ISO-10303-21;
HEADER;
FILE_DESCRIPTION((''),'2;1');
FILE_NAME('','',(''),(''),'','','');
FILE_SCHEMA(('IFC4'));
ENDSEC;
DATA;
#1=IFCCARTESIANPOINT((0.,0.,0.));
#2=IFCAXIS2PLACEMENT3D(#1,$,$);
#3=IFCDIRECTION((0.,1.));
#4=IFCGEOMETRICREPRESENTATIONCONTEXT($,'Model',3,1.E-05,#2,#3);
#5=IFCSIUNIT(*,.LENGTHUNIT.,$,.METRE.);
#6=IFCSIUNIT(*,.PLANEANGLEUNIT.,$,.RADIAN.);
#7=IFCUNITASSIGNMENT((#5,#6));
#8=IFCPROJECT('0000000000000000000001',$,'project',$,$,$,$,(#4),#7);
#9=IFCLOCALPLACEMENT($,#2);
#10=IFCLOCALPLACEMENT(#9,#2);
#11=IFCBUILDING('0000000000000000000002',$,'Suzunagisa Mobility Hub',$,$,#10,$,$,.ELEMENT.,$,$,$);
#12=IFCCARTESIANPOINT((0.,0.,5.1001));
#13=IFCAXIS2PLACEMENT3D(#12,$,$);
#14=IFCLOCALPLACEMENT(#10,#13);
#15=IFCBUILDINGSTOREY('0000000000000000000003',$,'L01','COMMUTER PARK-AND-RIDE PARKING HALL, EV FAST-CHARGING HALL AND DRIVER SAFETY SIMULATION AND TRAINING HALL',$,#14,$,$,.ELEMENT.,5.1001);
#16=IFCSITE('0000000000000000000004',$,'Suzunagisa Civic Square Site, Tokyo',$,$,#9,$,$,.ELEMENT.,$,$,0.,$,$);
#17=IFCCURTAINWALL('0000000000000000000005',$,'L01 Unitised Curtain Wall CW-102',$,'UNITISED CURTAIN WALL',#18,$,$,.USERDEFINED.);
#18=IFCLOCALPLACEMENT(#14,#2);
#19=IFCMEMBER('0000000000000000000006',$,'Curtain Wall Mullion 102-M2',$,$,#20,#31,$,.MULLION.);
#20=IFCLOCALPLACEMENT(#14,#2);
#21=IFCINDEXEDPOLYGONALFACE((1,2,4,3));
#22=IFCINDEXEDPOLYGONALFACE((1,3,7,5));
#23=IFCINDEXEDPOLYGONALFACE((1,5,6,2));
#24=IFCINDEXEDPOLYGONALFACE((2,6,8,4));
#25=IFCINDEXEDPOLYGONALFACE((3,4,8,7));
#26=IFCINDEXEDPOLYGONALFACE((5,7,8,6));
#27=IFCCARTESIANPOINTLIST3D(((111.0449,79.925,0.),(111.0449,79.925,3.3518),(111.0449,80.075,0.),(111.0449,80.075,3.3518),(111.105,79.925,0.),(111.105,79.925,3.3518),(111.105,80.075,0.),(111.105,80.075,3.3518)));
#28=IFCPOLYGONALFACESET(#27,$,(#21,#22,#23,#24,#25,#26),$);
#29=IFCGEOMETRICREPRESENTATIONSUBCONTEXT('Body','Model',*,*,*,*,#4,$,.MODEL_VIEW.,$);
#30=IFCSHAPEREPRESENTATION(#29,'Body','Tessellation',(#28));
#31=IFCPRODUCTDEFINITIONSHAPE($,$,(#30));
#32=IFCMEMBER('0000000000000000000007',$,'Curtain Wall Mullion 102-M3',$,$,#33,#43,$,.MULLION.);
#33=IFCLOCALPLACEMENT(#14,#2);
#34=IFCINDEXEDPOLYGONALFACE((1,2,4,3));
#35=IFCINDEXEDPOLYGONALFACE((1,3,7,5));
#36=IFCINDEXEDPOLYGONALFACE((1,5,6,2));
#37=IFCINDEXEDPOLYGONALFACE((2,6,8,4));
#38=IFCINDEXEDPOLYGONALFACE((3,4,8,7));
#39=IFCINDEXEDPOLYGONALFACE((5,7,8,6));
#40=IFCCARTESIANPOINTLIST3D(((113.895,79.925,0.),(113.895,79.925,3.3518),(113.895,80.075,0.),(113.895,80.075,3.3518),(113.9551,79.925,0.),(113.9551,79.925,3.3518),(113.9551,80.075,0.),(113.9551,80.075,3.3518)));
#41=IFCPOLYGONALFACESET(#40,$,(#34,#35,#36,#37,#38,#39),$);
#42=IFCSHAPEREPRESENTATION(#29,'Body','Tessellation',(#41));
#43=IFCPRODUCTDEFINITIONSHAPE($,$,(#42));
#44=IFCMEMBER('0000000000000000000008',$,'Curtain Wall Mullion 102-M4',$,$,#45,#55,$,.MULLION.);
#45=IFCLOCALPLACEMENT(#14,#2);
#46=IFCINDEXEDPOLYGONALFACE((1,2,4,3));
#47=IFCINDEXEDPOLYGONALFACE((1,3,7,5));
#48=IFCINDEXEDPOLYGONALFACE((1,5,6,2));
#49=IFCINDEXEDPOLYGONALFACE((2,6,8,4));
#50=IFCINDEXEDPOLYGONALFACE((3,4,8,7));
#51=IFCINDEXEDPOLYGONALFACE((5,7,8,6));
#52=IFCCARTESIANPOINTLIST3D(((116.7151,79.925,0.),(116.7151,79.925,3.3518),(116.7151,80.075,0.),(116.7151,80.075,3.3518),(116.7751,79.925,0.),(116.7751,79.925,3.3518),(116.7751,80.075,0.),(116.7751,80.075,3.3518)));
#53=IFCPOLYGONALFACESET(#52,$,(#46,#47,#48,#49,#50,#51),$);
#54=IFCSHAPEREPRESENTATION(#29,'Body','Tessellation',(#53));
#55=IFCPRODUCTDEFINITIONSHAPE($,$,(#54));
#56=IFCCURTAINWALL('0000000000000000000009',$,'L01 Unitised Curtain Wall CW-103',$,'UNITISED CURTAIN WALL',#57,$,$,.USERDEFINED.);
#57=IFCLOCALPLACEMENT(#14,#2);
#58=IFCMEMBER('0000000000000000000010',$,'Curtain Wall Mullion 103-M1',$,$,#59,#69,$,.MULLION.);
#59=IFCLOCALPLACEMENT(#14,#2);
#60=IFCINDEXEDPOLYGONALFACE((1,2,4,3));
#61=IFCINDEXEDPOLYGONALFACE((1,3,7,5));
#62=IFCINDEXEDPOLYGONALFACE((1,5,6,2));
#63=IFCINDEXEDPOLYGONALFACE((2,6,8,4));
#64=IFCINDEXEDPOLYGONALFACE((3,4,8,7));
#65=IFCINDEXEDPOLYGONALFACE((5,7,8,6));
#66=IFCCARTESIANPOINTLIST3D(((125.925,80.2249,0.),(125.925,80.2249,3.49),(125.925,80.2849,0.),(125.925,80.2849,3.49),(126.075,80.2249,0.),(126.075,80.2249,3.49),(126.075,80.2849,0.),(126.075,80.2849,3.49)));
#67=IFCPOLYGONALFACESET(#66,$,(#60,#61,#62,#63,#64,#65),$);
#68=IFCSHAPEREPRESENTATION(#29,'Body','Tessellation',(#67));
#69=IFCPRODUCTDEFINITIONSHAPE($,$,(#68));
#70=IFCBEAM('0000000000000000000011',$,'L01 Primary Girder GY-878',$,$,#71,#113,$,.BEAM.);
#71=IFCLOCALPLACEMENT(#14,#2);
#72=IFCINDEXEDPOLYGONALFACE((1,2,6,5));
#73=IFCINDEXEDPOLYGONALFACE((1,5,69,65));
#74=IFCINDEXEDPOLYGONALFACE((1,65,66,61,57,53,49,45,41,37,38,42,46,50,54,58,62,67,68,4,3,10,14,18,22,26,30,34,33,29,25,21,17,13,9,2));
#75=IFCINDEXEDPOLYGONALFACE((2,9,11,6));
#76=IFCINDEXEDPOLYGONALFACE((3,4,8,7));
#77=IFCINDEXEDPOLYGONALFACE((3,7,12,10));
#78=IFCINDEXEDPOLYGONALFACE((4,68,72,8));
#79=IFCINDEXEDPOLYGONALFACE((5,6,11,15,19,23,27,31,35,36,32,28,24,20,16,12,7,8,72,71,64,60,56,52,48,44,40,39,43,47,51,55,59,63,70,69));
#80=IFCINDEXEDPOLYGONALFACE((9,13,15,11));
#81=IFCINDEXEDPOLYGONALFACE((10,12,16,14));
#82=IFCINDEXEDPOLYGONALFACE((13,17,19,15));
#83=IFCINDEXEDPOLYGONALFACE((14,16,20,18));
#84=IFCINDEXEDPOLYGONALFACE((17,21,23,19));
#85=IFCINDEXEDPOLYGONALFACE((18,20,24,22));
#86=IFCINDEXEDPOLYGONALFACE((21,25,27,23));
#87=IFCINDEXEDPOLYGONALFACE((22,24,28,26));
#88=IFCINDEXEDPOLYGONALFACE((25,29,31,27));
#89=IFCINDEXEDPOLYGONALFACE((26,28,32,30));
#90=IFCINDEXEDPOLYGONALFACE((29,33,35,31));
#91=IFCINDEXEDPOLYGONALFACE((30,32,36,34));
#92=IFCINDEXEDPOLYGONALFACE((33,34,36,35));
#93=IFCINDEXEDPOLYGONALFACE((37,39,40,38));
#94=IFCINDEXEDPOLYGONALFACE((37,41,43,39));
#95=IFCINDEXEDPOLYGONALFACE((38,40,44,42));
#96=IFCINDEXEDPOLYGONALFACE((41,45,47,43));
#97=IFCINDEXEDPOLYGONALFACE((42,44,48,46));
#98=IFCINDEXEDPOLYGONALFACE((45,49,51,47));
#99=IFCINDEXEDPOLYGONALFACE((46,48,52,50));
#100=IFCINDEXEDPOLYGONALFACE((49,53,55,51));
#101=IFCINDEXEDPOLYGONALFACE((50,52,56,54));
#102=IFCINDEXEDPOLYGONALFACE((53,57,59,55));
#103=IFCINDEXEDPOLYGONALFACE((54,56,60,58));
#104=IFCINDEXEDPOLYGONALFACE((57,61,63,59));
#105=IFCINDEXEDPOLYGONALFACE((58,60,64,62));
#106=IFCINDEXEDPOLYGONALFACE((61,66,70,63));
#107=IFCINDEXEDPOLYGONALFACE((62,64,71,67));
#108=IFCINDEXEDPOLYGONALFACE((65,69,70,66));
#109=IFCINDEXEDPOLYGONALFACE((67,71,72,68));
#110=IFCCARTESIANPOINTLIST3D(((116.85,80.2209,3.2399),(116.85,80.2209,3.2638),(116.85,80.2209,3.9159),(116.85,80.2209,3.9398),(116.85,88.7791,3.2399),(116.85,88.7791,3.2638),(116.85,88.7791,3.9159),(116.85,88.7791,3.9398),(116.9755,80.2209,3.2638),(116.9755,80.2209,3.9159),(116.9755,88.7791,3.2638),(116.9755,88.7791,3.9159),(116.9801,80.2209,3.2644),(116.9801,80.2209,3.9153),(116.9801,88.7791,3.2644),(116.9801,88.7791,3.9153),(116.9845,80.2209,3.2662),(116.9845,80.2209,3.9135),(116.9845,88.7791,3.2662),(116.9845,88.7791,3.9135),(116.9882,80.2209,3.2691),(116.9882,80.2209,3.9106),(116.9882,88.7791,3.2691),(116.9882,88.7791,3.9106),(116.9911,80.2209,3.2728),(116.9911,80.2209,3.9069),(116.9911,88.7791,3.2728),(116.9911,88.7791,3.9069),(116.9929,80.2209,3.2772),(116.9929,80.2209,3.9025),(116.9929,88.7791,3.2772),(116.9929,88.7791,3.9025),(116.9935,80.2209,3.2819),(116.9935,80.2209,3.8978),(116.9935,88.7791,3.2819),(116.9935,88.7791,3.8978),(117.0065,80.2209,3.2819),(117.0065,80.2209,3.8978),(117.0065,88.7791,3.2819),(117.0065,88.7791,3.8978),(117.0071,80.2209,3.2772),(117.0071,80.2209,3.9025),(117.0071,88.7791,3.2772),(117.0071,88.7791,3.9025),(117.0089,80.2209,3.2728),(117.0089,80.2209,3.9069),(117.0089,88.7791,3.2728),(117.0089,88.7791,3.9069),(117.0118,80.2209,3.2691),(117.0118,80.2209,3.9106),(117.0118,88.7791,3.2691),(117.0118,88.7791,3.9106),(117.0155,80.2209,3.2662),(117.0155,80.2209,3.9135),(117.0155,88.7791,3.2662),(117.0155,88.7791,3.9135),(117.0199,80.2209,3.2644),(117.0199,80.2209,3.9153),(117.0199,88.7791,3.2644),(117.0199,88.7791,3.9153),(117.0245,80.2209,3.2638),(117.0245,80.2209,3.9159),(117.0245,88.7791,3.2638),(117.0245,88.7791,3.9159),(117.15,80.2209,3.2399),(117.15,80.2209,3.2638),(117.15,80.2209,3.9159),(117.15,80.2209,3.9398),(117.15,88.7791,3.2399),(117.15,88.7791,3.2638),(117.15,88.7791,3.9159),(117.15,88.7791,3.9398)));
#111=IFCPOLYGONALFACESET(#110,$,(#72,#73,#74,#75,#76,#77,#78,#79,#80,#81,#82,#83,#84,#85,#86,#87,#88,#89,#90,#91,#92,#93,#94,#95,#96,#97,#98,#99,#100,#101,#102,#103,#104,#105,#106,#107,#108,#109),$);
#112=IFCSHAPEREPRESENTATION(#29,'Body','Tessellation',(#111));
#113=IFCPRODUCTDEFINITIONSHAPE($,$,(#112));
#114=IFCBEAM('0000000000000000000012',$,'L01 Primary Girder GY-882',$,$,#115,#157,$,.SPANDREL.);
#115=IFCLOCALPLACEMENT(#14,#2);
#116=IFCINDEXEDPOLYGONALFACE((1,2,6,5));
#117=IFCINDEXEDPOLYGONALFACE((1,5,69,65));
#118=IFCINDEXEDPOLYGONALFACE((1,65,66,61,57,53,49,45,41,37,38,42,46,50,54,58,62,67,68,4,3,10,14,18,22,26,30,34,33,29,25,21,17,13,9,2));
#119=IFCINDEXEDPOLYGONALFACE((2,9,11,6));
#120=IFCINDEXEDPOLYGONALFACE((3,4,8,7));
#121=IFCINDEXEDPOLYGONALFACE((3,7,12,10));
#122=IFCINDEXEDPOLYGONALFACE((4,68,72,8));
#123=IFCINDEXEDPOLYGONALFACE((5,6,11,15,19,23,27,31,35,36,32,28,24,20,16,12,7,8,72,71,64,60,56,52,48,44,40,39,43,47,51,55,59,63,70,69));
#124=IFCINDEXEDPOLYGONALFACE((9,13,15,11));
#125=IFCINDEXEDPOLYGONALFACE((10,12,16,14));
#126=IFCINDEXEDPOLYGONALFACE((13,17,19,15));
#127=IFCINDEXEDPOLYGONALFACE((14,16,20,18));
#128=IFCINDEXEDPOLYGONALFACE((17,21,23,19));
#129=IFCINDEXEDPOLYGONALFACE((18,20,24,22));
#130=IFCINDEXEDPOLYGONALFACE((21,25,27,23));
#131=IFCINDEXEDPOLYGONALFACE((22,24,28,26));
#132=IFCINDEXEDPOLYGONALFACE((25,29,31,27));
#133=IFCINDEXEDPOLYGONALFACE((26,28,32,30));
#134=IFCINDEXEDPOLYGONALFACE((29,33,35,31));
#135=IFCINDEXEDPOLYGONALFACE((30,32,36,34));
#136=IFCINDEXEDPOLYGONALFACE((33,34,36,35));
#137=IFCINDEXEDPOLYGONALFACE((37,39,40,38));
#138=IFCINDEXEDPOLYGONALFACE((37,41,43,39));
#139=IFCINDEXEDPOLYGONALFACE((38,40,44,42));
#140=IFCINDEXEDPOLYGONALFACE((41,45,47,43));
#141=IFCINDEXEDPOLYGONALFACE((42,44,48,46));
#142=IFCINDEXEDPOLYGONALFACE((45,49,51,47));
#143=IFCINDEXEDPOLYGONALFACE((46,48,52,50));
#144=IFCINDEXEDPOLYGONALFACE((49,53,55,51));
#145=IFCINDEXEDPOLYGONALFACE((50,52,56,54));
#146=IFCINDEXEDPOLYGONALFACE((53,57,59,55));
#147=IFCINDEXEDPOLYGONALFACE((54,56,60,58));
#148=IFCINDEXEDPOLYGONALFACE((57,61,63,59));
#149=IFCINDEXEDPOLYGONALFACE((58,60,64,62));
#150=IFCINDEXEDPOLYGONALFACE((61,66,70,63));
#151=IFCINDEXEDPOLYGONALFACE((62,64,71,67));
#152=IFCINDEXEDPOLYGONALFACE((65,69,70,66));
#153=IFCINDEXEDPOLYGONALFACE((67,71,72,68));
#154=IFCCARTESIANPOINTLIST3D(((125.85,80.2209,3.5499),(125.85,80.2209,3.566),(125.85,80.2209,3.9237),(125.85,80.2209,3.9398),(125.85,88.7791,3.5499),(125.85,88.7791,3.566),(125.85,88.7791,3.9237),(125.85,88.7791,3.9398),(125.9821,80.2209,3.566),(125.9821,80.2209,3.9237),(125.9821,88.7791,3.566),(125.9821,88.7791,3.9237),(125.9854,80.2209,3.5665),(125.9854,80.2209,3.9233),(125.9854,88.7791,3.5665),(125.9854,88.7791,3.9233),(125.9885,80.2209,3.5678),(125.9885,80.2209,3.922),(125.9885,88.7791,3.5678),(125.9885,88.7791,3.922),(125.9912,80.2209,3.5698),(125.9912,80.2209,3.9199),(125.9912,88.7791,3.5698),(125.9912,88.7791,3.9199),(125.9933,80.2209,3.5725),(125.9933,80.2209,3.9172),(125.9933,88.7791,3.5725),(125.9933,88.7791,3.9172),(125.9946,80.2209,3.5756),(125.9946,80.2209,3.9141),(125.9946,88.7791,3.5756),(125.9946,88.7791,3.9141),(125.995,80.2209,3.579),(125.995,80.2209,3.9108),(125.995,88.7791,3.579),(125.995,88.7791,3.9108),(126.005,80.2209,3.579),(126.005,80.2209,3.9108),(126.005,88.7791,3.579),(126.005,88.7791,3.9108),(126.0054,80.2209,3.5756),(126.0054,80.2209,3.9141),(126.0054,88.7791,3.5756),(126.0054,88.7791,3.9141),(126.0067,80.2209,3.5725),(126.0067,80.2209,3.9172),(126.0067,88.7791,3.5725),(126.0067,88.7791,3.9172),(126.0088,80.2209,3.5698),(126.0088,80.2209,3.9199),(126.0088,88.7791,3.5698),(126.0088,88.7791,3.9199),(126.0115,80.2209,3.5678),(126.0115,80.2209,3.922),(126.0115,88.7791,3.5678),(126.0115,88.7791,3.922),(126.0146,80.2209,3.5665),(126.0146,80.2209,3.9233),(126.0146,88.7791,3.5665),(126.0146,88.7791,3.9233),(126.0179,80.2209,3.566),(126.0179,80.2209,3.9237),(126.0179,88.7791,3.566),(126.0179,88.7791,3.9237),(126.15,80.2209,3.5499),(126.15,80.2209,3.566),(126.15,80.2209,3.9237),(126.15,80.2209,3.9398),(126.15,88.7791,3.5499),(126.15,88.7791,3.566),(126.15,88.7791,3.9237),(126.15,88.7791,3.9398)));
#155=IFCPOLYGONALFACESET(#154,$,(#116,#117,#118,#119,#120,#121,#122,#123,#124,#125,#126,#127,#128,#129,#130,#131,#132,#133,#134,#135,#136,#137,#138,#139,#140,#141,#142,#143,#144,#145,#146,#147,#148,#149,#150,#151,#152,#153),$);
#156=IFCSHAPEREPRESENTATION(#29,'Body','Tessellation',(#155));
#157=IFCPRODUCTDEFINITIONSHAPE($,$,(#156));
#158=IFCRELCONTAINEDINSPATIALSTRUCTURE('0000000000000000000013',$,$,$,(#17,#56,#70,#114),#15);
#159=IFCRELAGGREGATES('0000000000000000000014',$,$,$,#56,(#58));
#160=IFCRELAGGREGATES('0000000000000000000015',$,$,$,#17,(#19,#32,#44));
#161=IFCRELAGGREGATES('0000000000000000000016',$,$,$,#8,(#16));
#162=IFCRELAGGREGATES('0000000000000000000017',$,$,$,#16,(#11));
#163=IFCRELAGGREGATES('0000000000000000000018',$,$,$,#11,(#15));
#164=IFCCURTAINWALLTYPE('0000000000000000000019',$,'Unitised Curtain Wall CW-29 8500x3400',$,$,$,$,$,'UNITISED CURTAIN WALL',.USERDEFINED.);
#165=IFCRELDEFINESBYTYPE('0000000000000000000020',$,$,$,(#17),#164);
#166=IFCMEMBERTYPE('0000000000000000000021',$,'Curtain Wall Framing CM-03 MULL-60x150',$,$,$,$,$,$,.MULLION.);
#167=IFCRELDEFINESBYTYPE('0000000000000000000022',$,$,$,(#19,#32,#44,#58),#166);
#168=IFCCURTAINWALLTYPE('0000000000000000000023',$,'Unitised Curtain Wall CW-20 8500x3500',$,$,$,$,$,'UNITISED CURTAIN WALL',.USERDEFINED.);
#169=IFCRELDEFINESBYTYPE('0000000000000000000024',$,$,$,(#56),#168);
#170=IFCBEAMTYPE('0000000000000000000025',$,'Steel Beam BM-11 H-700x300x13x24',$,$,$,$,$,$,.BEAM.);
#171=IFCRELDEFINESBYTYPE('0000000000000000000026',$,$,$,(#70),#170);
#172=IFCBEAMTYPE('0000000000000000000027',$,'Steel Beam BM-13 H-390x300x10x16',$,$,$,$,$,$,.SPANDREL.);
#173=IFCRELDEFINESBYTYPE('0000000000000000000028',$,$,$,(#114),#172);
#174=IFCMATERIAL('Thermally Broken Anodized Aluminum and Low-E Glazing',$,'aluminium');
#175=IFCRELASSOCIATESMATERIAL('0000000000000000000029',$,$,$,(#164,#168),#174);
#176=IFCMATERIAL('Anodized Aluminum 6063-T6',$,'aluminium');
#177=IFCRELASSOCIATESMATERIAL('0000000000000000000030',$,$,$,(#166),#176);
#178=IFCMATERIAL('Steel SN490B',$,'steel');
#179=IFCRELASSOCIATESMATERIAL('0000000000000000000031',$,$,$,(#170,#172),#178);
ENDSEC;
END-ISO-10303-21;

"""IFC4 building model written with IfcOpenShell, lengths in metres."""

from ifc_helpers import new_model, si_unit, direction, frame, origin, origin_2d, place, context, subcontext, project, spatial, rectangle, i_section, extrude, material, material_profile, profile_set, type_object, element, aggregate, save


model = new_model("IFC4")

# Units and contexts
model_context = context("Model", 3, precision=1e-05, world=origin(), true_north=direction((0.0, 1.0)))
body_context = subcontext(model_context, "Body", "Model", "MODEL_VIEW")
ifc_project = project(units=[si_unit("LENGTHUNIT", "METRE"), si_unit("PLANEANGLEUNIT", "RADIAN")], contexts=[model_context])

# Site, building, storey
site_placement = place(None, origin())
site = spatial("IfcSite", under=ifc_project, at=site_placement, Name="Suzunagisa Civic Square Site, Tokyo", CompositionType="ELEMENT", RefElevation=0.0)
building_placement = place(site_placement, origin())
building = spatial("IfcBuilding", under=site, at=building_placement, Name="Suzunagisa Mobility Hub", CompositionType="ELEMENT")
storey_placement = place(building_placement, frame((0.0, 0.0, 5.1001)))
storey = spatial("IfcBuildingStorey", under=building, at=storey_placement, Name="L01", Description="COMMUTER PARK-AND-RIDE PARKING HALL, EV FAST-CHARGING HALL AND DRIVER SAFETY SIMULATION AND TRAINING HALL", CompositionType="ELEMENT", Elevation=5.1001)

# Shared definitions
ifc_material_1 = material(Name="Steel SN490B", Category="steel")

# Curtain wall, members
ifc_material_2 = material(Name="Thermally Broken Anodized Aluminum and Low-E Glazing", Category="aluminium")
curtain_wall_type_1 = type_object("IfcCurtainWallType", Name="Unitised Curtain Wall CW-29 8500x3400", ElementType="UNITISED CURTAIN WALL", PredefinedType="USERDEFINED", material=ifc_material_2)
curtain_wall_1_placement = place(storey_placement, origin())
curtain_wall_1 = element("IfcCurtainWall", 1, at=curtain_wall_1_placement, inside=storey, type_object=curtain_wall_type_1, Name="L01 Unitised Curtain Wall CW-102", ObjectType="UNITISED CURTAIN WALL", PredefinedType="USERDEFINED")
ifc_material_3 = material(Name="Anodized Aluminum 6063-T6", Category="aluminium")
ifc_material_profile_1 = material_profile(ifc_material_3, rectangle(XDim=0.0601, YDim=0.1499, at=origin_2d()), Name="MULL-60x150")
ifc_profile_set_1 = profile_set([ifc_material_profile_1], Name="Anodized Aluminum 6063-T6")
member_type_1 = type_object("IfcMemberType", Name="Curtain Wall Framing CM-03 MULL-60x150", PredefinedType="MULLION", material=ifc_profile_set_1)
member_1_placement = place(storey_placement, frame((111.075, 80.0, 0.0), z_axis=(0.0, 0.0, 1.0), x_axis=(1.0, 0.0, 0.0)))
member_1 = element("IfcMember", 2, at=member_1_placement, type_object=member_type_1, Name="Curtain Wall Mullion 102-M2", PredefinedType="MULLION", context=body_context, shape_type="SweptSolid", body=[
    extrude(rectangle(XDim=0.0601, YDim=0.1499, at=origin_2d()), origin(), (0.0, 0.0, 1.0), 3.3518),
])
member_2_placement = place(storey_placement, frame((113.925, 80.0, 0.0), z_axis=(0.0, 0.0, 1.0), x_axis=(1.0, 0.0, 0.0)))
member_2 = element("IfcMember", 3, at=member_2_placement, type_object=member_type_1, Name="Curtain Wall Mullion 102-M3", PredefinedType="MULLION", context=body_context, shape_type="SweptSolid", body=[
    extrude(rectangle(XDim=0.0601, YDim=0.1499, at=origin_2d()), origin(), (0.0, 0.0, 1.0), 3.3518),
])
member_3_placement = place(storey_placement, frame((116.7451, 80.0, 0.0), z_axis=(0.0, 0.0, 1.0), x_axis=(1.0, 0.0, 0.0)))
member_3 = element("IfcMember", 4, at=member_3_placement, type_object=member_type_1, Name="Curtain Wall Mullion 102-M4", PredefinedType="MULLION", context=body_context, shape_type="SweptSolid", body=[
    extrude(rectangle(XDim=0.0601, YDim=0.1499, at=origin_2d()), origin(), (0.0, 0.0, 1.0), 3.3518),
])

# Curtain wall, member
curtain_wall_type_2 = type_object("IfcCurtainWallType", Name="Unitised Curtain Wall CW-20 8500x3500", ElementType="UNITISED CURTAIN WALL", PredefinedType="USERDEFINED", material=ifc_material_2)
curtain_wall_2_placement = place(storey_placement, origin())
curtain_wall_2 = element("IfcCurtainWall", 5, at=curtain_wall_2_placement, inside=storey, type_object=curtain_wall_type_2, Name="L01 Unitised Curtain Wall CW-103", ObjectType="UNITISED CURTAIN WALL", PredefinedType="USERDEFINED")
member_4_placement = place(storey_placement, frame((126.0, 80.2549, 0.0), z_axis=(0.0, 0.0, 1.0), x_axis=(0.0, 1.0, 0.0)))
member_4 = element("IfcMember", 6, at=member_4_placement, type_object=member_type_1, Name="Curtain Wall Mullion 103-M1", PredefinedType="MULLION", context=body_context, shape_type="SweptSolid", body=[
    extrude(rectangle(XDim=0.0601, YDim=0.1499, at=origin_2d()), origin(), (0.0, 0.0, 1.0), 3.49),
])
aggregate(curtain_wall_2, [member_4])

# Beams
ifc_material_profile_2 = material_profile(ifc_material_1, i_section(OverallWidth=0.3, OverallDepth=0.7, WebThickness=0.0129, FlangeThickness=0.0239, FilletRadius=0.0181, at=origin_2d()), Name="H-700x300x13x24")
ifc_profile_set_2 = profile_set([ifc_material_profile_2], Name="Steel SN490B")
beam_type_1 = type_object("IfcBeamType", Name="Steel Beam BM-11 H-700x300x13x24", PredefinedType="BEAM", material=ifc_profile_set_2)
beam_1_placement = place(storey_placement, frame((117.0, 80.2209, 3.5898), z_axis=(0.0, 1.0, 0.0), x_axis=(-1.0, 0.0, 0.0)))
element("IfcBeam", 7, at=beam_1_placement, inside=storey, type_object=beam_type_1, Name="L01 Primary Girder GY-878", PredefinedType="BEAM", context=body_context, shape_type="SweptSolid", body=[
    extrude(i_section(OverallWidth=0.3, OverallDepth=0.7, WebThickness=0.0129, FlangeThickness=0.0239, FilletRadius=0.0181, at=origin_2d()), origin(), (0.0, 0.0, 1.0), 8.5581),
])
ifc_material_profile_3 = material_profile(ifc_material_1, i_section(OverallWidth=0.3, OverallDepth=0.3899, WebThickness=0.01, FlangeThickness=0.0161, FilletRadius=0.0129, at=origin_2d()), Name="H-390x300x10x16")
ifc_profile_set_3 = profile_set([ifc_material_profile_3], Name="Steel SN490B")
beam_type_2 = type_object("IfcBeamType", Name="Steel Beam BM-13 H-390x300x10x16", PredefinedType="SPANDREL", material=ifc_profile_set_3)
beam_2_placement = place(storey_placement, frame((126.0, 80.2209, 3.7449), z_axis=(0.0, 1.0, 0.0), x_axis=(-1.0, 0.0, 0.0)))
element("IfcBeam", 8, at=beam_2_placement, inside=storey, type_object=beam_type_2, Name="L01 Primary Girder GY-882", PredefinedType="SPANDREL", context=body_context, shape_type="SweptSolid", body=[
    extrude(i_section(OverallWidth=0.3, OverallDepth=0.3899, WebThickness=0.01, FlangeThickness=0.0161, FilletRadius=0.0129, at=origin_2d()), origin(), (0.0, 0.0, 1.0), 8.5581),
])

aggregate(curtain_wall_1, [member_1, member_2, member_3])

save(model, "model.ifc")
